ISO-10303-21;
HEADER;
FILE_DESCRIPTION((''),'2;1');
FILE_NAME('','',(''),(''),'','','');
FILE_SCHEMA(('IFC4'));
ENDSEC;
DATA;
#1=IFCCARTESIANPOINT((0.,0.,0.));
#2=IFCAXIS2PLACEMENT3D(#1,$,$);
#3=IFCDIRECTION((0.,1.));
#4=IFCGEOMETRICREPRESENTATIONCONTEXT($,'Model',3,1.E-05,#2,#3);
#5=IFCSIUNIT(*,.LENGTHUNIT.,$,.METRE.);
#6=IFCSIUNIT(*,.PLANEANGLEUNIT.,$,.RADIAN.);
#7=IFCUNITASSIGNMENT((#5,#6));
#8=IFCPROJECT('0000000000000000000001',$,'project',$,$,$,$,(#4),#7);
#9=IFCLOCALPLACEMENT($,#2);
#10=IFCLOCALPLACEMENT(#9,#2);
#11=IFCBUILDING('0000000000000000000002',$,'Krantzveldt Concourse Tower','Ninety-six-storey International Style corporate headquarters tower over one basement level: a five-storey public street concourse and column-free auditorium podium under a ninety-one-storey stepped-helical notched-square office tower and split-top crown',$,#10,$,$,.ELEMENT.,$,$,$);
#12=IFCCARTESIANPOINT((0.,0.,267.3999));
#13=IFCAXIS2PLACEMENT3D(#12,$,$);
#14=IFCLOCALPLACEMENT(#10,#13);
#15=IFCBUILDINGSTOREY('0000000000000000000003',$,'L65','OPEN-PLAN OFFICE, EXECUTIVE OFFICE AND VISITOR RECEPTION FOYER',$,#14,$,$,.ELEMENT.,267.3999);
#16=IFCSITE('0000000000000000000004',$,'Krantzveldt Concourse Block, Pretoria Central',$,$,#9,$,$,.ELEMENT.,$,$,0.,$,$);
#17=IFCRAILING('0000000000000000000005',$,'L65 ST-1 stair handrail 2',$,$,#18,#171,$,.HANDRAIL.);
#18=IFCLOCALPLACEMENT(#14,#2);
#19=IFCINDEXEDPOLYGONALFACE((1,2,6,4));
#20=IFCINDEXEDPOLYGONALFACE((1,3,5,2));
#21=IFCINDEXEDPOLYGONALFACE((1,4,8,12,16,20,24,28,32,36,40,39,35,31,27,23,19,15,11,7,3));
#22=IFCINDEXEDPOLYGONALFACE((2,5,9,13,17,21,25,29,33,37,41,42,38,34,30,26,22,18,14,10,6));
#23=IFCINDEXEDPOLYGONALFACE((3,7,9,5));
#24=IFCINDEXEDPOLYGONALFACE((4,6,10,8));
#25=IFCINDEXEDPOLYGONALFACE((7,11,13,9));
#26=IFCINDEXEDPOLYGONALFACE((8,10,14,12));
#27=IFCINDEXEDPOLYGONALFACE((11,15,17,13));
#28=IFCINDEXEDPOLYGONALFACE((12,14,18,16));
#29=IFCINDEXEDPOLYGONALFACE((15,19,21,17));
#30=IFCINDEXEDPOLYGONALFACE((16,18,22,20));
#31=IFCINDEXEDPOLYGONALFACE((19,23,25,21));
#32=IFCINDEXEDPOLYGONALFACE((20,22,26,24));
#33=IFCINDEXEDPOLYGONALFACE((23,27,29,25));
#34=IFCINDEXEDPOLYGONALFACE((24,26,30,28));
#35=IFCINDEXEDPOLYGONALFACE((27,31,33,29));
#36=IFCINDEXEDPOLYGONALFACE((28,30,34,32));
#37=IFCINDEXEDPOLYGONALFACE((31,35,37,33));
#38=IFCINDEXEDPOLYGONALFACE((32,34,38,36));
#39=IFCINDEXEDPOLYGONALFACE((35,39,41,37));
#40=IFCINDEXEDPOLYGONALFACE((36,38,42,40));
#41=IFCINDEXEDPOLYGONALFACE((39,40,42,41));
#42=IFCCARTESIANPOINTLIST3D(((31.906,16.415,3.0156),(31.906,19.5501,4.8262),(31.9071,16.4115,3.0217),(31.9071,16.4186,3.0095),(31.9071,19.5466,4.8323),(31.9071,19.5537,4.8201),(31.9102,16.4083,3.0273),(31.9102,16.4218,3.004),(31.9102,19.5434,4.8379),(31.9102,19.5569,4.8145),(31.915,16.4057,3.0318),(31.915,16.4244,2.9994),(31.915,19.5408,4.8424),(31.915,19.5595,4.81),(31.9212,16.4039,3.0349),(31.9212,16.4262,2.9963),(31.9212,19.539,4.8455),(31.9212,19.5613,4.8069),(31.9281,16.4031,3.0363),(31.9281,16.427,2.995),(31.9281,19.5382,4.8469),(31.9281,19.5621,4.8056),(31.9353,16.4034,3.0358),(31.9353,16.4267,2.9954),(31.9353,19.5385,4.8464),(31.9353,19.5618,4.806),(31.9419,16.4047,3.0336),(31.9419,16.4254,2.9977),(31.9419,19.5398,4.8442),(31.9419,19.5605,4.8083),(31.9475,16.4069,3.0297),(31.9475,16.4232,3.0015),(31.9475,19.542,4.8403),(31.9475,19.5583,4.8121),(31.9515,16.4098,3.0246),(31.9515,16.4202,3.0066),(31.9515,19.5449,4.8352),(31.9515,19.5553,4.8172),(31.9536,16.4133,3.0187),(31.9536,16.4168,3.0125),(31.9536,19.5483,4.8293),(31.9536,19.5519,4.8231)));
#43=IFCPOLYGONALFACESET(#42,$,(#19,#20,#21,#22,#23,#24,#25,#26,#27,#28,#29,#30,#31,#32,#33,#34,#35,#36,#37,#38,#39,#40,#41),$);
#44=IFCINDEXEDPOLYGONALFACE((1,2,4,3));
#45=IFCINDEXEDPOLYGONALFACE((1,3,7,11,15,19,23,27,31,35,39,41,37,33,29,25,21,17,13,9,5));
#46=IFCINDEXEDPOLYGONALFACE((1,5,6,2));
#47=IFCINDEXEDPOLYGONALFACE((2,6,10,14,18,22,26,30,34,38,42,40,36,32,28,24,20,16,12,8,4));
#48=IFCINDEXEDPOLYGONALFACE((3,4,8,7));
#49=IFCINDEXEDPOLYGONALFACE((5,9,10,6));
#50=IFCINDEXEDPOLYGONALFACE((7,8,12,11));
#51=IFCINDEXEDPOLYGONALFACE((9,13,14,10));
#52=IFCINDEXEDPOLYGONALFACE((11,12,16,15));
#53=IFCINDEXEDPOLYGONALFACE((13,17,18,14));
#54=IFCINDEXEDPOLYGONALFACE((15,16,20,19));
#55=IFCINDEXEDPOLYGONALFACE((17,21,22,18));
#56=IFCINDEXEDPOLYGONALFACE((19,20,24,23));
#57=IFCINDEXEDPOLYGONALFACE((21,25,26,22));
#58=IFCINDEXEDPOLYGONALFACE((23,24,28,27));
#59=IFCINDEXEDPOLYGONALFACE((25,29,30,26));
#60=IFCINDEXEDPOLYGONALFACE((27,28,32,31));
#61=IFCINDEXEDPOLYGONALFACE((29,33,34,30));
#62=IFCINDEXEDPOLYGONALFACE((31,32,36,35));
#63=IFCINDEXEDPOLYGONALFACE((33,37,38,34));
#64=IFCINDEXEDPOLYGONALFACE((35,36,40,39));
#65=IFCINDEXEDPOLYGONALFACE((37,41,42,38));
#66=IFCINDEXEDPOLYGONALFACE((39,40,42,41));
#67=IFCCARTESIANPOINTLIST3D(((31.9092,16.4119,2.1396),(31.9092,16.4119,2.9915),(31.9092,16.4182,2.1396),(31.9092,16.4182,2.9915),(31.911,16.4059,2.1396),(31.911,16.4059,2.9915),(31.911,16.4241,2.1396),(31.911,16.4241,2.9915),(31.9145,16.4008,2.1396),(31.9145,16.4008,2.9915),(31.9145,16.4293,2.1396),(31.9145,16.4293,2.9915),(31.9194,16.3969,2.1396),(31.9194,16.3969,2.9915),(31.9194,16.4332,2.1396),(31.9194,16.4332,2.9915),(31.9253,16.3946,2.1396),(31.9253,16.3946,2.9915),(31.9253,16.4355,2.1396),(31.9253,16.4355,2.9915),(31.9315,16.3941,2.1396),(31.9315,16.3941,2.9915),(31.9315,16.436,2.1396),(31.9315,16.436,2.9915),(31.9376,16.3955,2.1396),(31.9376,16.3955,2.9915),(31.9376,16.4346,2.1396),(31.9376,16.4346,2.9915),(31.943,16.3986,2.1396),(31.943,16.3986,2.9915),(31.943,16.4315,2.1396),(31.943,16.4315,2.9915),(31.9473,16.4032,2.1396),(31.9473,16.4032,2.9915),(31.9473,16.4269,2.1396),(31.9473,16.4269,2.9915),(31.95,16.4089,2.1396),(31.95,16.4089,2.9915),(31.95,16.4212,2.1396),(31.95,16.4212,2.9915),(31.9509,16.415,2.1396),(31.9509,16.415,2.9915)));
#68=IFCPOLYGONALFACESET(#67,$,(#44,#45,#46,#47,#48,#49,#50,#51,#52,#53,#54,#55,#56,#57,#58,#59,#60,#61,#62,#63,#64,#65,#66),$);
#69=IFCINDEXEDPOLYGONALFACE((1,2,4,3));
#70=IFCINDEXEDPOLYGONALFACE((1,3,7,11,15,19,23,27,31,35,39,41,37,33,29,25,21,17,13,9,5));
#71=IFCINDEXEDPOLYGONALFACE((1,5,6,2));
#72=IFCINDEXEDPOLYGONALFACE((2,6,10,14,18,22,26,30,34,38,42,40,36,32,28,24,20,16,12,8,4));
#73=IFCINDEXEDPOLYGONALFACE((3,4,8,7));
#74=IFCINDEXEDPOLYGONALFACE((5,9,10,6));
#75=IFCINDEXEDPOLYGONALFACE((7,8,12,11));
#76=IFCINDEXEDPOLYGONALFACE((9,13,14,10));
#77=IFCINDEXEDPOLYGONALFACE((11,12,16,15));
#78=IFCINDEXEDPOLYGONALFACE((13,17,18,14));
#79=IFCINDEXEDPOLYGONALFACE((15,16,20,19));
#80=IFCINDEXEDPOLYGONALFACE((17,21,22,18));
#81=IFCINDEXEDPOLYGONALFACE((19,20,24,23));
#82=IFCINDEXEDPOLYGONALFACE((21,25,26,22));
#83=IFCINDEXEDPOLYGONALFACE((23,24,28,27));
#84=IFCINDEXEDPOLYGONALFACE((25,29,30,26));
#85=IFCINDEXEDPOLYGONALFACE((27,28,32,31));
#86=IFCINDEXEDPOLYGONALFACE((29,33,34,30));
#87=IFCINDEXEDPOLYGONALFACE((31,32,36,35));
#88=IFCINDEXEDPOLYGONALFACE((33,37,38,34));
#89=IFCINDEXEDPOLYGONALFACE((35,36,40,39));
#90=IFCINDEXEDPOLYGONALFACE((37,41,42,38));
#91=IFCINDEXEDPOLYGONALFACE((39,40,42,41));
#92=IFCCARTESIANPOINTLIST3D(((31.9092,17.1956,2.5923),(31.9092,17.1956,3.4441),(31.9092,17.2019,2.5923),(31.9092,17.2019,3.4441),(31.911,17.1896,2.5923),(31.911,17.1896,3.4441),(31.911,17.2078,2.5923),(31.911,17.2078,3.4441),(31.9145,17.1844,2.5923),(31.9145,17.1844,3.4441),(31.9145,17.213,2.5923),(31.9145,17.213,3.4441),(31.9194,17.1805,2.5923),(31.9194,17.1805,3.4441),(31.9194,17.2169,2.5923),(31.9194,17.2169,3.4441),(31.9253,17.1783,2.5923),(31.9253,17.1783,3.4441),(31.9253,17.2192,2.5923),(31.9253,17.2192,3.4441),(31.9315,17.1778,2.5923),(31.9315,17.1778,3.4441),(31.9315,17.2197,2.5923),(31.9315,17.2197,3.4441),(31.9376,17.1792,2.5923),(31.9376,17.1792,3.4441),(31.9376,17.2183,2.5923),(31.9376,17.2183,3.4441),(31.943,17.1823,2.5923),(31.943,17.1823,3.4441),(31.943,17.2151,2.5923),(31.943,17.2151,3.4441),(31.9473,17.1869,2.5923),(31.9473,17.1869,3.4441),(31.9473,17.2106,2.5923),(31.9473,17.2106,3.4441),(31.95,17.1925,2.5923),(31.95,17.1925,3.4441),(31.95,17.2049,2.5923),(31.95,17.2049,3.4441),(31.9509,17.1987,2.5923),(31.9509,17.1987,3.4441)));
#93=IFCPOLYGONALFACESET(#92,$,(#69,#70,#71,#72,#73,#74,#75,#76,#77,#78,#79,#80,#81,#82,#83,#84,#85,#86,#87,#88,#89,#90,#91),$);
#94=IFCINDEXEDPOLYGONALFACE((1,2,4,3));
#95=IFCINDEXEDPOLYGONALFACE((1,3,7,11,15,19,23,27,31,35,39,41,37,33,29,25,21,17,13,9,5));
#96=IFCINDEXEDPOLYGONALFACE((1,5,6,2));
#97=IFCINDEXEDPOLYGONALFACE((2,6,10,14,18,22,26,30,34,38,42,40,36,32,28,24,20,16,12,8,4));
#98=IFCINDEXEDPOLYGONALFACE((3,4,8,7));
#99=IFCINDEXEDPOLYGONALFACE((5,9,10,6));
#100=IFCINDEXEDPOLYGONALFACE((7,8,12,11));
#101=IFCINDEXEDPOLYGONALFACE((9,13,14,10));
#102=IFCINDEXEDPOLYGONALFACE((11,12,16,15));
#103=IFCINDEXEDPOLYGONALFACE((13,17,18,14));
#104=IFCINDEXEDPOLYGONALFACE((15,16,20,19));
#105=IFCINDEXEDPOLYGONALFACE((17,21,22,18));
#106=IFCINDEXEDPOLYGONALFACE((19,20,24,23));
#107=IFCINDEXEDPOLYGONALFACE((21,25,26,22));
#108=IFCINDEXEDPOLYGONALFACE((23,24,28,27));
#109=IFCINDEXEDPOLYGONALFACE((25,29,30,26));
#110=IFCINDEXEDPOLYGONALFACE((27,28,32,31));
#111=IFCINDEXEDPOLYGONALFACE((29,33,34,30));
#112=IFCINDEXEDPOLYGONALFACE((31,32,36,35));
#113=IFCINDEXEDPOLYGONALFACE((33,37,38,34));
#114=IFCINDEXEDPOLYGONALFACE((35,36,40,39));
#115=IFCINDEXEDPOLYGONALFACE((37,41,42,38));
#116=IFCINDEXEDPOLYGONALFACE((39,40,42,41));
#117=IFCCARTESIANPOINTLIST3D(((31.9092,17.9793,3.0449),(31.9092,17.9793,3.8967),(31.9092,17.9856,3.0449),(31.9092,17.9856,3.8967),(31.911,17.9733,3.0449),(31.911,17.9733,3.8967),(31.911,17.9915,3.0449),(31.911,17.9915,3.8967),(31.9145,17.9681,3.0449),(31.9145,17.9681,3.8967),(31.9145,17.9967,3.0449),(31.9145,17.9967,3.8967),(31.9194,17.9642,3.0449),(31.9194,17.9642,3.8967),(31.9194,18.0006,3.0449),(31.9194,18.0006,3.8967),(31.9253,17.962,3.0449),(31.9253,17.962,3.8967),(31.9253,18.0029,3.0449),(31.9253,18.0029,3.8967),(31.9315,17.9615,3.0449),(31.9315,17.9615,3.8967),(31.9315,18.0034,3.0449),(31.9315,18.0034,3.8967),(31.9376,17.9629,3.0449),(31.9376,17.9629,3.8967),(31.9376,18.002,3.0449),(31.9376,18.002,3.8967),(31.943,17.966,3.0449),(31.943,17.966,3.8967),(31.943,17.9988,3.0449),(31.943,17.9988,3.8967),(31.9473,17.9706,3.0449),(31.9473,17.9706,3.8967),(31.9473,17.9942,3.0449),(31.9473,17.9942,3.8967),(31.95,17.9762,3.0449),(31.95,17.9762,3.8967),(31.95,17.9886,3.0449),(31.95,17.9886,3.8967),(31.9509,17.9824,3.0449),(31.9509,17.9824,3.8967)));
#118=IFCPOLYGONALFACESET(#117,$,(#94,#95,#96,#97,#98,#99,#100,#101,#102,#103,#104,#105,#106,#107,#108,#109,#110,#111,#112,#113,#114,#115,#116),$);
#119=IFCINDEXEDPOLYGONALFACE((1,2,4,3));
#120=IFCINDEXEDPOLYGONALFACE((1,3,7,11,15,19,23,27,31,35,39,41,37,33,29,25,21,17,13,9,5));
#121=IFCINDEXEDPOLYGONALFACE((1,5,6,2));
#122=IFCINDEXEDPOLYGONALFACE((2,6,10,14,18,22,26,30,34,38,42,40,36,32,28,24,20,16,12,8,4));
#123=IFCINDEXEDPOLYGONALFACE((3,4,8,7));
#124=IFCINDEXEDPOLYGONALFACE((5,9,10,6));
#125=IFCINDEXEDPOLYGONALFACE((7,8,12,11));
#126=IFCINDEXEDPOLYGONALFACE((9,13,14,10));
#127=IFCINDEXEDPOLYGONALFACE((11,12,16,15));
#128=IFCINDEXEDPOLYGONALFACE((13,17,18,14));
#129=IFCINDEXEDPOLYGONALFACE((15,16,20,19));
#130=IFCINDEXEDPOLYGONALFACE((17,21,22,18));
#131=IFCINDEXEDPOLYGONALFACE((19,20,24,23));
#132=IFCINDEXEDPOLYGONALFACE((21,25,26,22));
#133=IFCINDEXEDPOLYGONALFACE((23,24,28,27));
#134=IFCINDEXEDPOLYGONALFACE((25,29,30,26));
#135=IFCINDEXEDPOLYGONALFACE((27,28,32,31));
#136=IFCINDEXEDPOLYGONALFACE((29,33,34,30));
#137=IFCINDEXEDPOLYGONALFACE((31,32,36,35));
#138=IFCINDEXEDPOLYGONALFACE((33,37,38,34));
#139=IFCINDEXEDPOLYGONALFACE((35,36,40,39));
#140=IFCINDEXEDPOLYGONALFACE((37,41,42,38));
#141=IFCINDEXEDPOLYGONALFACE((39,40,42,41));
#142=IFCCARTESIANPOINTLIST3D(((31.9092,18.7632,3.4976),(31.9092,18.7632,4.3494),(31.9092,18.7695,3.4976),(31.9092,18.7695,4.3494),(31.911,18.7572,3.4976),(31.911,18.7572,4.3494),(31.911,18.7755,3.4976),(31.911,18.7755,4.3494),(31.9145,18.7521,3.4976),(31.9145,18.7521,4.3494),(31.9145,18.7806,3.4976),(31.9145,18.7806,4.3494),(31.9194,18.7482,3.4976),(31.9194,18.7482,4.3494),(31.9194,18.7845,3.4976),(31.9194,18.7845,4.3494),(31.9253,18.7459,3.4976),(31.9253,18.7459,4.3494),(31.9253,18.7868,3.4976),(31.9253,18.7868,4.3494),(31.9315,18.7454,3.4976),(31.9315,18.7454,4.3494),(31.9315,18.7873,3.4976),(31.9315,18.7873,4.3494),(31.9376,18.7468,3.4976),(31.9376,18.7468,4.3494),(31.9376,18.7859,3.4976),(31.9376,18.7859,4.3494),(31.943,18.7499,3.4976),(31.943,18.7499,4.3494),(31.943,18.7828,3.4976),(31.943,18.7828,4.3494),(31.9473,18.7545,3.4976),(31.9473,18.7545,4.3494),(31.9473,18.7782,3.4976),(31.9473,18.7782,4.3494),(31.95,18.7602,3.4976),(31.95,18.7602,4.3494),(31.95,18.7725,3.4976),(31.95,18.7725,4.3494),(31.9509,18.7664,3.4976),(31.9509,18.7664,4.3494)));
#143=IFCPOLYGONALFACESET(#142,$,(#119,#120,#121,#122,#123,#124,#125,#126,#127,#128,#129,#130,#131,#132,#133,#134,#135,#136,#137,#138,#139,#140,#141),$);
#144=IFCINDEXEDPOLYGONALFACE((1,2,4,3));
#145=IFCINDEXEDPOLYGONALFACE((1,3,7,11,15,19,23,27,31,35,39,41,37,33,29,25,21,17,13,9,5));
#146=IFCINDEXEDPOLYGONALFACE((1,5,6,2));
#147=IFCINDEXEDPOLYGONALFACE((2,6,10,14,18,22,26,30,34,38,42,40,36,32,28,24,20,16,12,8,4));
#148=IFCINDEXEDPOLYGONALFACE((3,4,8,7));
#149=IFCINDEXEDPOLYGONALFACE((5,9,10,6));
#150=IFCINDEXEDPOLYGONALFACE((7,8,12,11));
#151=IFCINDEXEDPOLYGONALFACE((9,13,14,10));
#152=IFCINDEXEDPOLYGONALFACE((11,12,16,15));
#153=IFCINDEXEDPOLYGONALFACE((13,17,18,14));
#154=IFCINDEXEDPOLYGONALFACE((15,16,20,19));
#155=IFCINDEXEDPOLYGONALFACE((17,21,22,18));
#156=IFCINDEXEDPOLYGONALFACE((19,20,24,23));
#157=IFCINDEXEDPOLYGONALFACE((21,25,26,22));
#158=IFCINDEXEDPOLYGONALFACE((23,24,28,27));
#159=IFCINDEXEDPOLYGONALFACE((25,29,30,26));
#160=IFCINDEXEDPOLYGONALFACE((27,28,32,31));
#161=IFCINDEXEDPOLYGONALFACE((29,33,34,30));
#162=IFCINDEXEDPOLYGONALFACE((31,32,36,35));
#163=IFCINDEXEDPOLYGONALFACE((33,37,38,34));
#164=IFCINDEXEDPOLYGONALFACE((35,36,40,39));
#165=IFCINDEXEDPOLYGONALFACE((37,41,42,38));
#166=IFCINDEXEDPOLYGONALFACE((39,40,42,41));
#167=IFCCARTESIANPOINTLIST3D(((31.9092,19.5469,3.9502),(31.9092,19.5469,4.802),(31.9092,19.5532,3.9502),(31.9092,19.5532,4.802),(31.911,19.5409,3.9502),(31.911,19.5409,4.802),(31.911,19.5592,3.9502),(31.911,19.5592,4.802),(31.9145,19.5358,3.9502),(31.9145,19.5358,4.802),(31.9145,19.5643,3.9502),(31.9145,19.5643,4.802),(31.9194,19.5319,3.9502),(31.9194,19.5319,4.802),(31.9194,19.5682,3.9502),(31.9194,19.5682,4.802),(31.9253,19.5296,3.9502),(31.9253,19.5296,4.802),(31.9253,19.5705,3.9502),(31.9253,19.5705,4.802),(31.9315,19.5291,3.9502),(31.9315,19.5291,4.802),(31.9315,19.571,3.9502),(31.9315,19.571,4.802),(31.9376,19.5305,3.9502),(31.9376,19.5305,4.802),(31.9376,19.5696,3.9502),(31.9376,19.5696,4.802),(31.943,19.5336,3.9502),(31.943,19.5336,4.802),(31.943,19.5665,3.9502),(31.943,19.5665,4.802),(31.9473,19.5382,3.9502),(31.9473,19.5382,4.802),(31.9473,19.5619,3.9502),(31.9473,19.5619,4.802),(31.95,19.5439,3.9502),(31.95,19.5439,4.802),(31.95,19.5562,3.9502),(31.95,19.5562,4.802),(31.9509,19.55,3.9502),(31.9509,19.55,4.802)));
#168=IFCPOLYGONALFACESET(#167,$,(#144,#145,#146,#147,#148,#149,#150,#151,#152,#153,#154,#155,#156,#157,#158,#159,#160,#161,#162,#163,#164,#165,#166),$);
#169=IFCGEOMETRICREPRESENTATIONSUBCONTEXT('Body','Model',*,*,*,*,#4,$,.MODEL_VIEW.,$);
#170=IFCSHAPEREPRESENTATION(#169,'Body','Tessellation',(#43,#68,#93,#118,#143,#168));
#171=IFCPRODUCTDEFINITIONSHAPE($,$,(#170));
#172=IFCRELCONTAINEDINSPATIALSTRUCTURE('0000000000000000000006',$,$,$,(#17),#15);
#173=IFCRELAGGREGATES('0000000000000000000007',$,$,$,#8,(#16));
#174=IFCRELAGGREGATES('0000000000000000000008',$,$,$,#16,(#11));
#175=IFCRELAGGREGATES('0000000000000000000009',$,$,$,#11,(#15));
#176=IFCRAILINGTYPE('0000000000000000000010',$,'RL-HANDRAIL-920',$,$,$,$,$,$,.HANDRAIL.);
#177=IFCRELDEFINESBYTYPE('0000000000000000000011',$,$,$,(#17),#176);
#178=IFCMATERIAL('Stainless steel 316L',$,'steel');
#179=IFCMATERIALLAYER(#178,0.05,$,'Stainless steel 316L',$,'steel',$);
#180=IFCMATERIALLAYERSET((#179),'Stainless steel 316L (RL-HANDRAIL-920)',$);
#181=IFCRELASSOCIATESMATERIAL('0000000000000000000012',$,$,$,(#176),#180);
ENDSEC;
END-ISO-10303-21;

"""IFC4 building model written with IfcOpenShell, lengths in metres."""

from ifc_helpers import new_model, si_unit, direction, frame, origin, origin_2d, place, context, subcontext, project, spatial, circle, extrude, material, layer, layer_set, type_object, element, save


model = new_model("IFC4")

# Units and contexts
model_context = context("Model", 3, precision=1e-05, world=origin(), true_north=direction((0.0, 1.0)))
body_context = subcontext(model_context, "Body", "Model", "MODEL_VIEW")
ifc_project = project(units=[si_unit("LENGTHUNIT", "METRE"), si_unit("PLANEANGLEUNIT", "RADIAN")], contexts=[model_context])

# Site, building, storey
site_placement = place(None, origin())
site = spatial("IfcSite", under=ifc_project, at=site_placement, Name="Krantzveldt Concourse Block, Pretoria Central", CompositionType="ELEMENT", RefElevation=0.0)
building_placement = place(site_placement, origin())
building = spatial("IfcBuilding", under=site, at=building_placement, Name="Krantzveldt Concourse Tower", Description="Ninety-six-storey International Style corporate headquarters tower over one basement level: a five-storey public street concourse and column-free auditorium podium under a ninety-one-storey stepped-helical notched-square office tower and split-top crown", CompositionType="ELEMENT")
storey_placement = place(building_placement, frame((0.0, 0.0, 267.3999)))
storey = spatial("IfcBuildingStorey", under=building, at=storey_placement, Name="L65", Description="OPEN-PLAN OFFICE, EXECUTIVE OFFICE AND VISITOR RECEPTION FOYER", CompositionType="ELEMENT", Elevation=267.3999)

# Railing
ifc_material_1 = material(Name="Stainless steel 316L", Category="steel")
ifc_layer_1 = layer(ifc_material_1, 0.05, Name="Stainless steel 316L", Category="steel")
ifc_layer_set_1 = layer_set([ifc_layer_1], Name="Stainless steel 316L (RL-HANDRAIL-920)")
railing_type_1 = type_object("IfcRailingType", Name="RL-HANDRAIL-920", PredefinedType="HANDRAIL", material=ifc_layer_set_1)
railing_1_placement = place(storey_placement, frame((31.9299, 16.415, 2.1396)))
element("IfcRailing", 1, at=railing_1_placement, inside=storey, type_object=railing_type_1, Name="L65 ST-1 stair handrail 2", PredefinedType="HANDRAIL", context=body_context, shape_type="SweptSolid", body=[
    extrude(circle(Radius=0.0239, at=origin_2d()), frame((0.0, 0.0, 0.876), z_axis=(0.0, 0.86596, 0.500114), x_axis=(-1.0, 0.0, 0.0)), (0.0, 0.0, 1.0), 3.6204),
    extrude(circle(Radius=0.021, at=origin_2d()), origin(), (0.0, 0.0, 1.0), 0.8518),
    extrude(circle(Radius=0.021, at=origin_2d()), frame((0.0, 0.7837, 0.4526)), (0.0, 0.0, 1.0), 0.8518),
    extrude(circle(Radius=0.021, at=origin_2d()), frame((0.0, 1.5674, 0.9053)), (0.0, 0.0, 1.0), 0.8518),
    extrude(circle(Radius=0.021, at=origin_2d()), frame((0.0, 2.3513, 1.3579)), (0.0, 0.0, 1.0), 0.8518),
    extrude(circle(Radius=0.021, at=origin_2d()), frame((0.0, 3.135, 1.8105)), (0.0, 0.0, 1.0), 0.8518),
])

save(model, "model.ifc")
